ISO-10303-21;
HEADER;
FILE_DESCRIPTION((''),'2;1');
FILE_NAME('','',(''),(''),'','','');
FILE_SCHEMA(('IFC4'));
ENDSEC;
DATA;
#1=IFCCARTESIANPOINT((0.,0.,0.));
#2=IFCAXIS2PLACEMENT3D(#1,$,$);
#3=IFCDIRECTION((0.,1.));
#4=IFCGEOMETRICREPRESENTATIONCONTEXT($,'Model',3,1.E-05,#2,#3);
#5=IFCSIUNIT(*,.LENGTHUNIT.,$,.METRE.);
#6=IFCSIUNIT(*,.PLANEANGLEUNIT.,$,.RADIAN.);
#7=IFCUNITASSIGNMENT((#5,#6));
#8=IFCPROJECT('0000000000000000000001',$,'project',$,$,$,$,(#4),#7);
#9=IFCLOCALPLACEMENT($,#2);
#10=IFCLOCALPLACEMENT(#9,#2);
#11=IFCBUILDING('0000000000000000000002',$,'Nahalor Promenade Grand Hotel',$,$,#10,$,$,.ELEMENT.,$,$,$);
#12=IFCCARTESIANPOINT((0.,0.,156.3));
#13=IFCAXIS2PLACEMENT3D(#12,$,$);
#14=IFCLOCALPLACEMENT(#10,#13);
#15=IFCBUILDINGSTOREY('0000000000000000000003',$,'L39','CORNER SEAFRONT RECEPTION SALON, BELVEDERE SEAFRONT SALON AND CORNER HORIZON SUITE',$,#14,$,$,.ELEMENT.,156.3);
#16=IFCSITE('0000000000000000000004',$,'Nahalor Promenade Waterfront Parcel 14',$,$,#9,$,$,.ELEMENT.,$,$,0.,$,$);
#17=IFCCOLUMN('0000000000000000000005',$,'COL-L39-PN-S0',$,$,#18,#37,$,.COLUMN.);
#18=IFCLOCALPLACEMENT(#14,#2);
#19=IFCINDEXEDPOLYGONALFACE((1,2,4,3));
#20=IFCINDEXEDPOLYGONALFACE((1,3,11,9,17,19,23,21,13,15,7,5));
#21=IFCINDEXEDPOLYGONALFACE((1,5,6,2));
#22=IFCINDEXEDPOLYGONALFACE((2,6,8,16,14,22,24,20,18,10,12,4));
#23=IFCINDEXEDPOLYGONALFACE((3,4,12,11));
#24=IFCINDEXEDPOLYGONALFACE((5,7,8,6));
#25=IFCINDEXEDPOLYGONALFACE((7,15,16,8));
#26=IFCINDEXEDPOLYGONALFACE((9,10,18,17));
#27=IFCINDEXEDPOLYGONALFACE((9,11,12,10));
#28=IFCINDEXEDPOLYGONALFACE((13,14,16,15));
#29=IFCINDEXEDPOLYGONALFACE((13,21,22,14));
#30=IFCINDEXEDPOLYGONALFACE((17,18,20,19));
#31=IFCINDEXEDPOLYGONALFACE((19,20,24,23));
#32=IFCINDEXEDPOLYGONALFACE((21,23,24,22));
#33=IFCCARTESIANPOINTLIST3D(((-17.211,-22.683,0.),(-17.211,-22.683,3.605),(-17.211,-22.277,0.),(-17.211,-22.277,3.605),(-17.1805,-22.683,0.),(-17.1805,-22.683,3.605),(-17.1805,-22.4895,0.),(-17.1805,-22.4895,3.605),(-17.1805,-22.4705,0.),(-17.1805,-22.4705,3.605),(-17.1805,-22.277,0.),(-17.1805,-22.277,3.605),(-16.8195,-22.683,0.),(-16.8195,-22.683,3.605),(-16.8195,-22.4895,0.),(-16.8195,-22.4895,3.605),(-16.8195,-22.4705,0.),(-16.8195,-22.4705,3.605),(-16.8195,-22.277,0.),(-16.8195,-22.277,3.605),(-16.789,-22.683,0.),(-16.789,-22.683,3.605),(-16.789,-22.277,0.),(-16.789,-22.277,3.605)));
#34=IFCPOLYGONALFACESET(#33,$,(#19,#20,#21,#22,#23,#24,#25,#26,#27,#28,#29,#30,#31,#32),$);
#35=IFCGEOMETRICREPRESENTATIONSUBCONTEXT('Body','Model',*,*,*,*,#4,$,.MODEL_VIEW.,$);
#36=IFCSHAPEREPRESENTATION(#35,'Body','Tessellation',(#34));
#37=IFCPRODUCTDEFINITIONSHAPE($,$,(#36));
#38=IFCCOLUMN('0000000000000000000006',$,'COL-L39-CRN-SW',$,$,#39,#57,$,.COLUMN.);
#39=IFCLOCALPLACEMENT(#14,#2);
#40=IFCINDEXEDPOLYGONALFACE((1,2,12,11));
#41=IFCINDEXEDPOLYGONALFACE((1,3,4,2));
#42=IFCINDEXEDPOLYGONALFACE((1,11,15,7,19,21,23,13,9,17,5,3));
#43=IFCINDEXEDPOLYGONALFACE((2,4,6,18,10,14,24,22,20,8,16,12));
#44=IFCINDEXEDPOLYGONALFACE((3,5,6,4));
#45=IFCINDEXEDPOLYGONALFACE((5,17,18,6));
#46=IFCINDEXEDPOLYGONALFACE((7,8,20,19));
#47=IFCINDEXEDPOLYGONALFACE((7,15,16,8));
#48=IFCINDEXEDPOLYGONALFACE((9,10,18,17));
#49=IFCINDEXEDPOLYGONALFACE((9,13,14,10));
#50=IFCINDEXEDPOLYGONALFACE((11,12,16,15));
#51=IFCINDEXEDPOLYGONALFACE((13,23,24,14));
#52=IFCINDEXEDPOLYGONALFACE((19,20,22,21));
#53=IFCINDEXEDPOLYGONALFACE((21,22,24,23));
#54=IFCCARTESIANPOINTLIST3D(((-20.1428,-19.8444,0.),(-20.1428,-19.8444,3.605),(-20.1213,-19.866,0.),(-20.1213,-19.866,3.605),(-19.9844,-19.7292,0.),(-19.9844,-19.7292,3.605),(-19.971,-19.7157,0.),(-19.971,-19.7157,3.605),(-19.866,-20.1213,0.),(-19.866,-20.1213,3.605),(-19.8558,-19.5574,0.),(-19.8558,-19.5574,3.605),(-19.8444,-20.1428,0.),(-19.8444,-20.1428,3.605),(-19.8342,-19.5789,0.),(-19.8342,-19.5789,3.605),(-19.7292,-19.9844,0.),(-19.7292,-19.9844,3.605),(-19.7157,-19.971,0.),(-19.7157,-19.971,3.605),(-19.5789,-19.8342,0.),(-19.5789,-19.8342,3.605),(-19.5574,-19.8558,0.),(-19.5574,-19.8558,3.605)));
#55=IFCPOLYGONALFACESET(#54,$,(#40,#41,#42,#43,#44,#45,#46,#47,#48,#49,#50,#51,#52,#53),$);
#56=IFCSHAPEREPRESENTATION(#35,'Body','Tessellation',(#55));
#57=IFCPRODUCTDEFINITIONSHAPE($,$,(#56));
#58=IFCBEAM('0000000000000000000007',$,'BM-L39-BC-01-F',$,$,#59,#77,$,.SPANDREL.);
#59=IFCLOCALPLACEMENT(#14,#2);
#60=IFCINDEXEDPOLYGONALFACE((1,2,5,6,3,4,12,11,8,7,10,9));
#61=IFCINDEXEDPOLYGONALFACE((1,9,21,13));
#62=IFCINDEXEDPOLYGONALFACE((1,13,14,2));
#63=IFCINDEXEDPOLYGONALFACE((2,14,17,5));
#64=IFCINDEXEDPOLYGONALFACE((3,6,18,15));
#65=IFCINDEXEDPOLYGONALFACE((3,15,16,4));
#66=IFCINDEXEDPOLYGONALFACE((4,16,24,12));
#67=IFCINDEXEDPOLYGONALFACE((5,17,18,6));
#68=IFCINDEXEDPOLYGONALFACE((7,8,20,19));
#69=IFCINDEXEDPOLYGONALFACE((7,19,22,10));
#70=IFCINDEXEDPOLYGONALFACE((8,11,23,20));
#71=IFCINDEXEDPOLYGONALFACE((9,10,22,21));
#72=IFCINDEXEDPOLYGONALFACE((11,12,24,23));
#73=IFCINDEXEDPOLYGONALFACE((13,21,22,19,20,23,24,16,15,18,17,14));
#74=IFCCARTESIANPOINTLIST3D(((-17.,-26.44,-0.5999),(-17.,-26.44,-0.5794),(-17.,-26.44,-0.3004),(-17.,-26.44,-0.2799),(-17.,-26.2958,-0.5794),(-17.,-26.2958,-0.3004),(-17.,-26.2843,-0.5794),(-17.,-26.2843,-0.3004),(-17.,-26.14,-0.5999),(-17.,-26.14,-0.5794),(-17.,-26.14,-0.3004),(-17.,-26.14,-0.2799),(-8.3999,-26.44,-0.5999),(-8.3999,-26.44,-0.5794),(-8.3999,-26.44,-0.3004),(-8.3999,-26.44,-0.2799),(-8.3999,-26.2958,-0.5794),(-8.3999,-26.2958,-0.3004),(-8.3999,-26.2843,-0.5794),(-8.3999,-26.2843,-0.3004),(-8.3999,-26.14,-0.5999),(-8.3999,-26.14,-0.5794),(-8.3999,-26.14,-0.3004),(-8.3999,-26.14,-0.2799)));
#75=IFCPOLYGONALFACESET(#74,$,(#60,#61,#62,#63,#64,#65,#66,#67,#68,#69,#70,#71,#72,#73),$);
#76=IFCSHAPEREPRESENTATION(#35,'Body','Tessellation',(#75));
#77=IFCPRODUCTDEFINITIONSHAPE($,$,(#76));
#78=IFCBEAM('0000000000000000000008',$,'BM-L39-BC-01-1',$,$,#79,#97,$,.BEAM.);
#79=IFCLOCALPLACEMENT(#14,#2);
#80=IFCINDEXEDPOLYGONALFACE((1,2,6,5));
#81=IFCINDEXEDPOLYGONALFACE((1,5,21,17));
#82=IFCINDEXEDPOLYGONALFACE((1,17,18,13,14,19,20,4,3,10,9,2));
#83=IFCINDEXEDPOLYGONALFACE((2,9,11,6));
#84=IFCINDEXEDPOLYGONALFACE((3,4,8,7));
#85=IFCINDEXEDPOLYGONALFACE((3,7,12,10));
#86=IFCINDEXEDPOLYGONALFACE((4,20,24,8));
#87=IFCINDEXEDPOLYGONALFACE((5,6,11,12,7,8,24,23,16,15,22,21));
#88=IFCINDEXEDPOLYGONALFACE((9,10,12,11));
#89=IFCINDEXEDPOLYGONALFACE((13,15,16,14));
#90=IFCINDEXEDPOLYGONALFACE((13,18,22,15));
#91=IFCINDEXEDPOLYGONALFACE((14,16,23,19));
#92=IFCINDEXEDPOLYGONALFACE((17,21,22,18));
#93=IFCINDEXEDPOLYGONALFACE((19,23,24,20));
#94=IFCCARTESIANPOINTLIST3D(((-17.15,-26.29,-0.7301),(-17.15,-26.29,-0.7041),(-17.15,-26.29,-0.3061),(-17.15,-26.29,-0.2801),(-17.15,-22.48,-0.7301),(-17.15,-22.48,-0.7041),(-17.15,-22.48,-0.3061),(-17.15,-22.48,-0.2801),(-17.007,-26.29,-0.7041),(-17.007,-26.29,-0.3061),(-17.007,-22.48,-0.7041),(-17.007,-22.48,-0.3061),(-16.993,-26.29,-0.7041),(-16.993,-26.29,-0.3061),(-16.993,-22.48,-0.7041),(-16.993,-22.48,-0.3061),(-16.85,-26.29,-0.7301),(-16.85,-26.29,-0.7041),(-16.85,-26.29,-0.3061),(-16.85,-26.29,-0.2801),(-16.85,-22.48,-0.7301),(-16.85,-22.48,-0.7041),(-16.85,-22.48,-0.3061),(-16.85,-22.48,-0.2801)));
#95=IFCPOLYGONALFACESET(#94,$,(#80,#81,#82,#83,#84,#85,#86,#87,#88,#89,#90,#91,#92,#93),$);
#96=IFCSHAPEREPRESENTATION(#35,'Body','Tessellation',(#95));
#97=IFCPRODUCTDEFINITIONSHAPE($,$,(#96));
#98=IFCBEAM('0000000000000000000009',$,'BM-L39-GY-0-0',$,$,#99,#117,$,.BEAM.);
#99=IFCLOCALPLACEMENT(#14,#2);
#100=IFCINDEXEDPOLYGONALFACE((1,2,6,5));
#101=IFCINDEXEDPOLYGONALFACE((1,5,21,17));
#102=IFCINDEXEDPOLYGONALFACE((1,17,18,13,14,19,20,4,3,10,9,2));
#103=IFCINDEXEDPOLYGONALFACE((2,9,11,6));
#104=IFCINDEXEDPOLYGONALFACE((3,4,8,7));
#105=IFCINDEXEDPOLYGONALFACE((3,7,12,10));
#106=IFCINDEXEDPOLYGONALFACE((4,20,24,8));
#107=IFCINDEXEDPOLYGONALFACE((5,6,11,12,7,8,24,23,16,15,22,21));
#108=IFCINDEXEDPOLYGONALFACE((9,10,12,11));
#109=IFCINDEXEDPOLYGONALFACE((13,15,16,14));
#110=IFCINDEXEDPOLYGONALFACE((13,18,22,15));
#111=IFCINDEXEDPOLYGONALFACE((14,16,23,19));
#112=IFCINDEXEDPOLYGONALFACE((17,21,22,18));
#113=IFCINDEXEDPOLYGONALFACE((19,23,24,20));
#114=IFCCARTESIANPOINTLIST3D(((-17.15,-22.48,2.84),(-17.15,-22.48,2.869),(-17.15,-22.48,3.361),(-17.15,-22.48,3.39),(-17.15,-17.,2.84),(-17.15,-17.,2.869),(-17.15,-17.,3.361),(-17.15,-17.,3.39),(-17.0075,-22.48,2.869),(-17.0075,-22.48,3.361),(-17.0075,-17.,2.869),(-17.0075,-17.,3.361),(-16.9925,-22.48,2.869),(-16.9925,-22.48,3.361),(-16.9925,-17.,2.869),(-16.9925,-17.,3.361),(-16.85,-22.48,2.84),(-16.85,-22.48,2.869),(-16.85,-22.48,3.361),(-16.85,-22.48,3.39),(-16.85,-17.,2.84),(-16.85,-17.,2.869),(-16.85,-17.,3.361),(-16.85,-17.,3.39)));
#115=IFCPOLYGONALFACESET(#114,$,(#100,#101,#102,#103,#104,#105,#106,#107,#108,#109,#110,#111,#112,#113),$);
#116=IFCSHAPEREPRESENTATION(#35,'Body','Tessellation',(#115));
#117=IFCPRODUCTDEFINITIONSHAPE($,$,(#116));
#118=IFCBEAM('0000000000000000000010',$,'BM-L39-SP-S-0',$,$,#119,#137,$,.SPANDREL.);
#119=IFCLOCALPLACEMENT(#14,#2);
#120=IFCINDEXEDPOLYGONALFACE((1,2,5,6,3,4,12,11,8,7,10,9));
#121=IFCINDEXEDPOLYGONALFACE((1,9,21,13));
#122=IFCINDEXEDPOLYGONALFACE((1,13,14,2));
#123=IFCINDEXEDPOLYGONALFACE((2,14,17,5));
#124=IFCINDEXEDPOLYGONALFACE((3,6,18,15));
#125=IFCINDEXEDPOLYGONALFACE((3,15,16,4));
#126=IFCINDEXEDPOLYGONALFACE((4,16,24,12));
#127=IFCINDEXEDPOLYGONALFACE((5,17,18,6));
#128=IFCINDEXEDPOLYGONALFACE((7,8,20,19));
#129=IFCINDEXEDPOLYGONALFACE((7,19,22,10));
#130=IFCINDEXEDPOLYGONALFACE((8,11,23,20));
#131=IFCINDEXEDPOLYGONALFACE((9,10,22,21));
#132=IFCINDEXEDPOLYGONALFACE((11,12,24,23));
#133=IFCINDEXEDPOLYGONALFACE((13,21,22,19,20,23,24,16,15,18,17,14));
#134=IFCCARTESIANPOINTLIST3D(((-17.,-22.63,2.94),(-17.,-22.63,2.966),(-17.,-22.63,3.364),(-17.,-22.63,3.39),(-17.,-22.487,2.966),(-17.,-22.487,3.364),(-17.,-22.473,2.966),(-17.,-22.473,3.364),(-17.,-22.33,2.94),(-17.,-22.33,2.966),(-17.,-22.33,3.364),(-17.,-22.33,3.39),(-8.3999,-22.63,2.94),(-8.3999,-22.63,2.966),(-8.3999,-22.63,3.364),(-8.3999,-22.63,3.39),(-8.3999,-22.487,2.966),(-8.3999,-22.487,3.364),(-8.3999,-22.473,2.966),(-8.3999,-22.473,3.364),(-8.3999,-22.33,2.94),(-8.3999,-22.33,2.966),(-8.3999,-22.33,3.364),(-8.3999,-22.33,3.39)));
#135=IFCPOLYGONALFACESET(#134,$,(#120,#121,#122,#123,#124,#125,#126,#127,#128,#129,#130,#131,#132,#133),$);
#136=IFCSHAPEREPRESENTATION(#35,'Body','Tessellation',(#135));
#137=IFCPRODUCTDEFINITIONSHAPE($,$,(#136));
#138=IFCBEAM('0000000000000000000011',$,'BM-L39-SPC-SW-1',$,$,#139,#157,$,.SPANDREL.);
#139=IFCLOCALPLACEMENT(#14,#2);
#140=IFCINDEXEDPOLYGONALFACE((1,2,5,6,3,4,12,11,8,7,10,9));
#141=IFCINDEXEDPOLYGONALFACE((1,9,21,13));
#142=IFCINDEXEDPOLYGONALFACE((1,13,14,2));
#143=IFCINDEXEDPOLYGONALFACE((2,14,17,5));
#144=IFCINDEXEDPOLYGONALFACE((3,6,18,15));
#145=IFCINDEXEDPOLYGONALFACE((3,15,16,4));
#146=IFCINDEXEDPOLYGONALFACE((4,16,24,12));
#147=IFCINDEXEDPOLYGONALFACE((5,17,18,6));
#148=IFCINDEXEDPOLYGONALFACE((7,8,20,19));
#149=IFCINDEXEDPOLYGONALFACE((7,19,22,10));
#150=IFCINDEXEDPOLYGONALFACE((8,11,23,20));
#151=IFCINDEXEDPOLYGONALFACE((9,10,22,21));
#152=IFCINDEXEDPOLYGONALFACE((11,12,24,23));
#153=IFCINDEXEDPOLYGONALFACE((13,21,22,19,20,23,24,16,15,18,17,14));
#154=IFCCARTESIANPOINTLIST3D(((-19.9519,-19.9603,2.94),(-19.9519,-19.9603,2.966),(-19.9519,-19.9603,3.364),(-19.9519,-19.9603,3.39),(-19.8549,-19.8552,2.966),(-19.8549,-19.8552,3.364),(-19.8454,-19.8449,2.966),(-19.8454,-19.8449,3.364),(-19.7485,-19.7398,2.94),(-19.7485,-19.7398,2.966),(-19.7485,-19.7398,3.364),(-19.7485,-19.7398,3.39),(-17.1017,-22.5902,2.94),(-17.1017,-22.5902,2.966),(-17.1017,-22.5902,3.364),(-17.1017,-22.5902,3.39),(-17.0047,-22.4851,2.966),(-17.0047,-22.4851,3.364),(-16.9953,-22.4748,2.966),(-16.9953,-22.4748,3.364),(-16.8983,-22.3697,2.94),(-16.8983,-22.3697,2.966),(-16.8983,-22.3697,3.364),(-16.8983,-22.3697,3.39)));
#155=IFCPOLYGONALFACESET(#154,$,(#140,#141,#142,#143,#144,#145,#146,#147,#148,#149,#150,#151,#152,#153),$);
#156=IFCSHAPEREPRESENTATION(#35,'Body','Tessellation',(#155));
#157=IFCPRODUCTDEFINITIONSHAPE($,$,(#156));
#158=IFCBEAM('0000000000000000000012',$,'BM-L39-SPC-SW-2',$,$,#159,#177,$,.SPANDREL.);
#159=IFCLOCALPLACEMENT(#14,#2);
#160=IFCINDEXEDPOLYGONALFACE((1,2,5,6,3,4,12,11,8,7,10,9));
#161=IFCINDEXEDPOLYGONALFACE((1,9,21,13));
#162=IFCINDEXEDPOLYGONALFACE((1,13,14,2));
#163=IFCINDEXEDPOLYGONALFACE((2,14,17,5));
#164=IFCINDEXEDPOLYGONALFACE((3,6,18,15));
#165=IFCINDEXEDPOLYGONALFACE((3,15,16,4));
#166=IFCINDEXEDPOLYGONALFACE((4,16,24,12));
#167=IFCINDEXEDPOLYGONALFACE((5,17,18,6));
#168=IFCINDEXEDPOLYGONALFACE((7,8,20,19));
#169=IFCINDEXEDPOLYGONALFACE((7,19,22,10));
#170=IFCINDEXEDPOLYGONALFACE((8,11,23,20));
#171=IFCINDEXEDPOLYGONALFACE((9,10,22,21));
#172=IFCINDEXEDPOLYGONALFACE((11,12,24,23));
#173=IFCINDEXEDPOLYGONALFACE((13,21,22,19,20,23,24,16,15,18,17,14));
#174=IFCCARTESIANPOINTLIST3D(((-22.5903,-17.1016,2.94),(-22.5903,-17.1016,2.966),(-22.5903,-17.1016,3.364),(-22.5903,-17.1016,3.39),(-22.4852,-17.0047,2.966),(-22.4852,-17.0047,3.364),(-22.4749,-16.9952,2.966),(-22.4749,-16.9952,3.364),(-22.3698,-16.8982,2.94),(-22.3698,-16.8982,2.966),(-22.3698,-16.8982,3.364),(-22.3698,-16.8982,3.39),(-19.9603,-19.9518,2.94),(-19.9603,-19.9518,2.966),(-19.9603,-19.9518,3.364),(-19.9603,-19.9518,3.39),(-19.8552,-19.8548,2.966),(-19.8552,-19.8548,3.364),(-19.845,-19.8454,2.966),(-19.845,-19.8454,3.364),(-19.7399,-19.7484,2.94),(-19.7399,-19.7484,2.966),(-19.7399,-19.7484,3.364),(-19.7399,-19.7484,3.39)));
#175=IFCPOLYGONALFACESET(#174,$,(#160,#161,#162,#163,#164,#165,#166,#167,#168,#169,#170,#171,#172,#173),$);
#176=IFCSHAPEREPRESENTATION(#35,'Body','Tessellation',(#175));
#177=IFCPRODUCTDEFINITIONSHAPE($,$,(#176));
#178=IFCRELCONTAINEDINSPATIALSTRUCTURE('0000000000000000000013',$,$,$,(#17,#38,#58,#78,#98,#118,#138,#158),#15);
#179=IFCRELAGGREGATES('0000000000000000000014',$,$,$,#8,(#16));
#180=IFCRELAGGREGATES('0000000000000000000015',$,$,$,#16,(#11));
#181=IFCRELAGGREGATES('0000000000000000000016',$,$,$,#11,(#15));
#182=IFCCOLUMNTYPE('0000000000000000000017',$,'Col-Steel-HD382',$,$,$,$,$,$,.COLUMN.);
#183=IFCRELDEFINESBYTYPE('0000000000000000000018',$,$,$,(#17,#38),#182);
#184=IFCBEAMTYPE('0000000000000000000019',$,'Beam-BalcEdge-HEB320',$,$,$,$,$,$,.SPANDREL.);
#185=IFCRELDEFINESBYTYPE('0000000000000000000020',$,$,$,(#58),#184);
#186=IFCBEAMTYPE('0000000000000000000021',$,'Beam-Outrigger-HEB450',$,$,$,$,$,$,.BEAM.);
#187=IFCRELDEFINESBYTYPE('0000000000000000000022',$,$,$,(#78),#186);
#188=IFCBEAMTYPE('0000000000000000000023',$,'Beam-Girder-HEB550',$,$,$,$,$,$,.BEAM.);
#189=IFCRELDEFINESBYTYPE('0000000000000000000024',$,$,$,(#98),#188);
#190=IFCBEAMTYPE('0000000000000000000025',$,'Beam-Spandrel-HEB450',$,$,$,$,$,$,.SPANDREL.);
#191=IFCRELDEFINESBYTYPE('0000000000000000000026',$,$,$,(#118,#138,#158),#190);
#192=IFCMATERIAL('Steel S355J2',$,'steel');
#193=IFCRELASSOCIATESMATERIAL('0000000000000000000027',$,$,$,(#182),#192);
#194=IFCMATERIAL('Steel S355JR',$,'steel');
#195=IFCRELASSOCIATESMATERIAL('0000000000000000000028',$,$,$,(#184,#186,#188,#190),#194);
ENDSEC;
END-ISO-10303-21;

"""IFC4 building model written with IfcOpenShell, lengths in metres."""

from ifc_helpers import new_model, si_unit, direction, frame, origin, origin_2d, place, context, subcontext, project, spatial, i_section, extrude, source, transform, mapped, material, material_profile, profile_set, type_object, element, save


model = new_model("IFC4")

# Units and contexts
model_context = context("Model", 3, precision=1e-05, world=origin(), true_north=direction((0.0, 1.0)))
body_context = subcontext(model_context, "Body", "Model", "MODEL_VIEW")
ifc_project = project(units=[si_unit("LENGTHUNIT", "METRE"), si_unit("PLANEANGLEUNIT", "RADIAN")], contexts=[model_context])

# Site, building, storey
site_placement = place(None, origin())
site = spatial("IfcSite", under=ifc_project, at=site_placement, Name="Nahalor Promenade Waterfront Parcel 14", CompositionType="ELEMENT", RefElevation=0.0)
building_placement = place(site_placement, origin())
building = spatial("IfcBuilding", under=site, at=building_placement, Name="Nahalor Promenade Grand Hotel", CompositionType="ELEMENT")
storey_placement = place(building_placement, frame((0.0, 0.0, 156.3)))
storey = spatial("IfcBuildingStorey", under=building, at=storey_placement, Name="L39", Description="CORNER SEAFRONT RECEPTION SALON, BELVEDERE SEAFRONT SALON AND CORNER HORIZON SUITE", CompositionType="ELEMENT", Elevation=156.3)

# Columns
ifc_material_1 = material(Name="Steel S355J2", Category="steel")
ifc_material_profile_1 = material_profile(ifc_material_1, i_section(OverallWidth=0.406, OverallDepth=0.422, WebThickness=0.019, FlangeThickness=0.0305, at=origin_2d()), Name="HD 400x382")
ifc_profile_set_1 = profile_set([ifc_material_profile_1], Name="Steel S355J2")
column_type = type_object("IfcColumnType", Name="Col-Steel-HD382", PredefinedType="COLUMN", material=ifc_profile_set_1)
shared_shape_1 = source(origin(), body_context, "Body", "SweptSolid", [
    extrude(i_section(OverallWidth=0.406, OverallDepth=0.422, WebThickness=0.019, FlangeThickness=0.0305, at=origin_2d()), origin(), (0.0, 0.0, 1.0), 3.605),
])
for number, where, z_axis, x_axis, name in (
    (1, (-17.0, -22.48, 0.0), (0.0, 0.0, 1.0), (0.0, 1.0, 0.0), "COL-L39-PN-S0"),
    (2, (-19.8501, -19.8501, 0.0), (0.0, 0.0, 1.0), (0.707107, 0.707107, 0.0), "COL-L39-CRN-SW"),
):
    element("IfcColumn", number, at=place(storey_placement, frame(where, z_axis=z_axis, x_axis=x_axis)), inside=storey, type_object=column_type, Name=name, PredefinedType="COLUMN", context=body_context, shape_type="MappedRepresentation", body=[
        mapped(shared_shape_1, transform((0.0, 0.0, 0.0), scale=1.0)),
    ])

# Beams
ifc_material_2 = material(Name="Steel S355JR", Category="steel")
ifc_material_profile_2 = material_profile(ifc_material_2, i_section(OverallWidth=0.3, OverallDepth=0.32, WebThickness=0.0115, FlangeThickness=0.0205, at=origin_2d()), Name="HEB 320")
ifc_profile_set_2 = profile_set([ifc_material_profile_2], Name="Steel S355JR")
beam_type_1 = type_object("IfcBeamType", Name="Beam-BalcEdge-HEB320", PredefinedType="SPANDREL", material=ifc_profile_set_2)
shared_shape_2 = source(origin(), body_context, "Body", "SweptSolid", [
    extrude(i_section(OverallWidth=0.3, OverallDepth=0.32, WebThickness=0.0115, FlangeThickness=0.0205, at=origin_2d()), origin(), (0.0, 0.0, 1.0), 8.6001),
])
beam_1_placement = place(storey_placement, frame((-17.0, -26.29, -0.4399), z_axis=(1.0, 0.0, 0.0), x_axis=(0.0, 1.0, 0.0)))
element("IfcBeam", 3, at=beam_1_placement, inside=storey, type_object=beam_type_1, Name="BM-L39-BC-01-F", PredefinedType="SPANDREL", context=body_context, shape_type="MappedRepresentation", body=[
    mapped(shared_shape_2, transform((0.0, 0.0, 0.0), scale=1.0)),
])
ifc_material_profile_3 = material_profile(ifc_material_2, i_section(OverallWidth=0.3, OverallDepth=0.45, WebThickness=0.014, FlangeThickness=0.026, at=origin_2d()), Name="HEB 450")
ifc_profile_set_3 = profile_set([ifc_material_profile_3], Name="Steel S355JR")
beam_type_2 = type_object("IfcBeamType", Name="Beam-Outrigger-HEB450", PredefinedType="BEAM", material=ifc_profile_set_3)
shared_shape_3 = source(origin(), body_context, "Body", "SweptSolid", [
    extrude(i_section(OverallWidth=0.3, OverallDepth=0.45, WebThickness=0.014, FlangeThickness=0.026, at=origin_2d()), origin(), (0.0, 0.0, 1.0), 3.8101),
])
beam_2_placement = place(storey_placement, frame((-17.0, -26.29, -0.5051), z_axis=(0.0, 1.0, 0.0), x_axis=(-1.0, 0.0, 0.0)))
element("IfcBeam", 4, at=beam_2_placement, inside=storey, type_object=beam_type_2, Name="BM-L39-BC-01-1", PredefinedType="BEAM", context=body_context, shape_type="MappedRepresentation", body=[
    mapped(shared_shape_3, transform((0.0, 0.0, 0.0), scale=1.0)),
])
ifc_material_profile_4 = material_profile(ifc_material_2, i_section(OverallWidth=0.3, OverallDepth=0.55, WebThickness=0.015, FlangeThickness=0.029, at=origin_2d()), Name="HEB 550")
ifc_profile_set_4 = profile_set([ifc_material_profile_4], Name="Steel S355JR")
beam_type_3 = type_object("IfcBeamType", Name="Beam-Girder-HEB550", PredefinedType="BEAM", material=ifc_profile_set_4)
shared_shape_4 = source(origin(), body_context, "Body", "SweptSolid", [
    extrude(i_section(OverallWidth=0.3, OverallDepth=0.55, WebThickness=0.015, FlangeThickness=0.029, at=origin_2d()), origin(), (0.0, 0.0, 1.0), 5.48),
])
beam_3_placement = place(storey_placement, frame((-17.0, -22.48, 3.115), z_axis=(0.0, 1.0, 0.0), x_axis=(-1.0, 0.0, 0.0)))
element("IfcBeam", 5, at=beam_3_placement, inside=storey, type_object=beam_type_3, Name="BM-L39-GY-0-0", PredefinedType="BEAM", context=body_context, shape_type="MappedRepresentation", body=[
    mapped(shared_shape_4, transform((0.0, 0.0, 0.0), scale=1.0)),
])
ifc_material_profile_5 = material_profile(ifc_material_2, i_section(OverallWidth=0.3, OverallDepth=0.45, WebThickness=0.014, FlangeThickness=0.026, at=origin_2d()), Name="HEB 450")
ifc_profile_set_5 = profile_set([ifc_material_profile_5], Name="Steel S355JR")
beam_type_4 = type_object("IfcBeamType", Name="Beam-Spandrel-HEB450", PredefinedType="SPANDREL", material=ifc_profile_set_5)
shared_shape_5 = source(origin(), body_context, "Body", "SweptSolid", [
    extrude(i_section(OverallWidth=0.3, OverallDepth=0.45, WebThickness=0.014, FlangeThickness=0.026, at=origin_2d()), origin(), (0.0, 0.0, 1.0), 8.6001),
])
beam_4_placement = place(storey_placement, frame((-17.0, -22.48, 3.165), z_axis=(1.0, 0.0, 0.0), x_axis=(0.0, 1.0, 0.0)))
element("IfcBeam", 6, at=beam_4_placement, inside=storey, type_object=beam_type_4, Name="BM-L39-SP-S-0", PredefinedType="SPANDREL", context=body_context, shape_type="MappedRepresentation", body=[
    mapped(shared_shape_5, transform((0.0, 0.0, 0.0), scale=1.0)),
])
shared_shape_6 = source(origin(), body_context, "Body", "SweptSolid", [
    extrude(i_section(OverallWidth=0.3, OverallDepth=0.45, WebThickness=0.014, FlangeThickness=0.026, at=origin_2d()), origin(), (0.0, 0.0, 1.0), 3.8782),
])
for number, where, z_axis, x_axis, name in (
    (7, (-17.0, -22.48, 3.165), (-0.734929, 0.678144, 0.0), (-0.678144, -0.734929, 0.0), "BM-L39-SPC-SW-1"),
    (8, (-19.8501, -19.8501, 3.165), (-0.678144, 0.734929, 0.0), (-0.734929, -0.678144, 0.0), "BM-L39-SPC-SW-2"),
):
    element("IfcBeam", number, at=place(storey_placement, frame(where, z_axis=z_axis, x_axis=x_axis)), inside=storey, type_object=beam_type_4, Name=name, PredefinedType="SPANDREL", context=body_context, shape_type="MappedRepresentation", body=[
        mapped(shared_shape_6, transform((0.0, 0.0, 0.0), scale=1.0)),
    ])

save(model, "model.ifc")
